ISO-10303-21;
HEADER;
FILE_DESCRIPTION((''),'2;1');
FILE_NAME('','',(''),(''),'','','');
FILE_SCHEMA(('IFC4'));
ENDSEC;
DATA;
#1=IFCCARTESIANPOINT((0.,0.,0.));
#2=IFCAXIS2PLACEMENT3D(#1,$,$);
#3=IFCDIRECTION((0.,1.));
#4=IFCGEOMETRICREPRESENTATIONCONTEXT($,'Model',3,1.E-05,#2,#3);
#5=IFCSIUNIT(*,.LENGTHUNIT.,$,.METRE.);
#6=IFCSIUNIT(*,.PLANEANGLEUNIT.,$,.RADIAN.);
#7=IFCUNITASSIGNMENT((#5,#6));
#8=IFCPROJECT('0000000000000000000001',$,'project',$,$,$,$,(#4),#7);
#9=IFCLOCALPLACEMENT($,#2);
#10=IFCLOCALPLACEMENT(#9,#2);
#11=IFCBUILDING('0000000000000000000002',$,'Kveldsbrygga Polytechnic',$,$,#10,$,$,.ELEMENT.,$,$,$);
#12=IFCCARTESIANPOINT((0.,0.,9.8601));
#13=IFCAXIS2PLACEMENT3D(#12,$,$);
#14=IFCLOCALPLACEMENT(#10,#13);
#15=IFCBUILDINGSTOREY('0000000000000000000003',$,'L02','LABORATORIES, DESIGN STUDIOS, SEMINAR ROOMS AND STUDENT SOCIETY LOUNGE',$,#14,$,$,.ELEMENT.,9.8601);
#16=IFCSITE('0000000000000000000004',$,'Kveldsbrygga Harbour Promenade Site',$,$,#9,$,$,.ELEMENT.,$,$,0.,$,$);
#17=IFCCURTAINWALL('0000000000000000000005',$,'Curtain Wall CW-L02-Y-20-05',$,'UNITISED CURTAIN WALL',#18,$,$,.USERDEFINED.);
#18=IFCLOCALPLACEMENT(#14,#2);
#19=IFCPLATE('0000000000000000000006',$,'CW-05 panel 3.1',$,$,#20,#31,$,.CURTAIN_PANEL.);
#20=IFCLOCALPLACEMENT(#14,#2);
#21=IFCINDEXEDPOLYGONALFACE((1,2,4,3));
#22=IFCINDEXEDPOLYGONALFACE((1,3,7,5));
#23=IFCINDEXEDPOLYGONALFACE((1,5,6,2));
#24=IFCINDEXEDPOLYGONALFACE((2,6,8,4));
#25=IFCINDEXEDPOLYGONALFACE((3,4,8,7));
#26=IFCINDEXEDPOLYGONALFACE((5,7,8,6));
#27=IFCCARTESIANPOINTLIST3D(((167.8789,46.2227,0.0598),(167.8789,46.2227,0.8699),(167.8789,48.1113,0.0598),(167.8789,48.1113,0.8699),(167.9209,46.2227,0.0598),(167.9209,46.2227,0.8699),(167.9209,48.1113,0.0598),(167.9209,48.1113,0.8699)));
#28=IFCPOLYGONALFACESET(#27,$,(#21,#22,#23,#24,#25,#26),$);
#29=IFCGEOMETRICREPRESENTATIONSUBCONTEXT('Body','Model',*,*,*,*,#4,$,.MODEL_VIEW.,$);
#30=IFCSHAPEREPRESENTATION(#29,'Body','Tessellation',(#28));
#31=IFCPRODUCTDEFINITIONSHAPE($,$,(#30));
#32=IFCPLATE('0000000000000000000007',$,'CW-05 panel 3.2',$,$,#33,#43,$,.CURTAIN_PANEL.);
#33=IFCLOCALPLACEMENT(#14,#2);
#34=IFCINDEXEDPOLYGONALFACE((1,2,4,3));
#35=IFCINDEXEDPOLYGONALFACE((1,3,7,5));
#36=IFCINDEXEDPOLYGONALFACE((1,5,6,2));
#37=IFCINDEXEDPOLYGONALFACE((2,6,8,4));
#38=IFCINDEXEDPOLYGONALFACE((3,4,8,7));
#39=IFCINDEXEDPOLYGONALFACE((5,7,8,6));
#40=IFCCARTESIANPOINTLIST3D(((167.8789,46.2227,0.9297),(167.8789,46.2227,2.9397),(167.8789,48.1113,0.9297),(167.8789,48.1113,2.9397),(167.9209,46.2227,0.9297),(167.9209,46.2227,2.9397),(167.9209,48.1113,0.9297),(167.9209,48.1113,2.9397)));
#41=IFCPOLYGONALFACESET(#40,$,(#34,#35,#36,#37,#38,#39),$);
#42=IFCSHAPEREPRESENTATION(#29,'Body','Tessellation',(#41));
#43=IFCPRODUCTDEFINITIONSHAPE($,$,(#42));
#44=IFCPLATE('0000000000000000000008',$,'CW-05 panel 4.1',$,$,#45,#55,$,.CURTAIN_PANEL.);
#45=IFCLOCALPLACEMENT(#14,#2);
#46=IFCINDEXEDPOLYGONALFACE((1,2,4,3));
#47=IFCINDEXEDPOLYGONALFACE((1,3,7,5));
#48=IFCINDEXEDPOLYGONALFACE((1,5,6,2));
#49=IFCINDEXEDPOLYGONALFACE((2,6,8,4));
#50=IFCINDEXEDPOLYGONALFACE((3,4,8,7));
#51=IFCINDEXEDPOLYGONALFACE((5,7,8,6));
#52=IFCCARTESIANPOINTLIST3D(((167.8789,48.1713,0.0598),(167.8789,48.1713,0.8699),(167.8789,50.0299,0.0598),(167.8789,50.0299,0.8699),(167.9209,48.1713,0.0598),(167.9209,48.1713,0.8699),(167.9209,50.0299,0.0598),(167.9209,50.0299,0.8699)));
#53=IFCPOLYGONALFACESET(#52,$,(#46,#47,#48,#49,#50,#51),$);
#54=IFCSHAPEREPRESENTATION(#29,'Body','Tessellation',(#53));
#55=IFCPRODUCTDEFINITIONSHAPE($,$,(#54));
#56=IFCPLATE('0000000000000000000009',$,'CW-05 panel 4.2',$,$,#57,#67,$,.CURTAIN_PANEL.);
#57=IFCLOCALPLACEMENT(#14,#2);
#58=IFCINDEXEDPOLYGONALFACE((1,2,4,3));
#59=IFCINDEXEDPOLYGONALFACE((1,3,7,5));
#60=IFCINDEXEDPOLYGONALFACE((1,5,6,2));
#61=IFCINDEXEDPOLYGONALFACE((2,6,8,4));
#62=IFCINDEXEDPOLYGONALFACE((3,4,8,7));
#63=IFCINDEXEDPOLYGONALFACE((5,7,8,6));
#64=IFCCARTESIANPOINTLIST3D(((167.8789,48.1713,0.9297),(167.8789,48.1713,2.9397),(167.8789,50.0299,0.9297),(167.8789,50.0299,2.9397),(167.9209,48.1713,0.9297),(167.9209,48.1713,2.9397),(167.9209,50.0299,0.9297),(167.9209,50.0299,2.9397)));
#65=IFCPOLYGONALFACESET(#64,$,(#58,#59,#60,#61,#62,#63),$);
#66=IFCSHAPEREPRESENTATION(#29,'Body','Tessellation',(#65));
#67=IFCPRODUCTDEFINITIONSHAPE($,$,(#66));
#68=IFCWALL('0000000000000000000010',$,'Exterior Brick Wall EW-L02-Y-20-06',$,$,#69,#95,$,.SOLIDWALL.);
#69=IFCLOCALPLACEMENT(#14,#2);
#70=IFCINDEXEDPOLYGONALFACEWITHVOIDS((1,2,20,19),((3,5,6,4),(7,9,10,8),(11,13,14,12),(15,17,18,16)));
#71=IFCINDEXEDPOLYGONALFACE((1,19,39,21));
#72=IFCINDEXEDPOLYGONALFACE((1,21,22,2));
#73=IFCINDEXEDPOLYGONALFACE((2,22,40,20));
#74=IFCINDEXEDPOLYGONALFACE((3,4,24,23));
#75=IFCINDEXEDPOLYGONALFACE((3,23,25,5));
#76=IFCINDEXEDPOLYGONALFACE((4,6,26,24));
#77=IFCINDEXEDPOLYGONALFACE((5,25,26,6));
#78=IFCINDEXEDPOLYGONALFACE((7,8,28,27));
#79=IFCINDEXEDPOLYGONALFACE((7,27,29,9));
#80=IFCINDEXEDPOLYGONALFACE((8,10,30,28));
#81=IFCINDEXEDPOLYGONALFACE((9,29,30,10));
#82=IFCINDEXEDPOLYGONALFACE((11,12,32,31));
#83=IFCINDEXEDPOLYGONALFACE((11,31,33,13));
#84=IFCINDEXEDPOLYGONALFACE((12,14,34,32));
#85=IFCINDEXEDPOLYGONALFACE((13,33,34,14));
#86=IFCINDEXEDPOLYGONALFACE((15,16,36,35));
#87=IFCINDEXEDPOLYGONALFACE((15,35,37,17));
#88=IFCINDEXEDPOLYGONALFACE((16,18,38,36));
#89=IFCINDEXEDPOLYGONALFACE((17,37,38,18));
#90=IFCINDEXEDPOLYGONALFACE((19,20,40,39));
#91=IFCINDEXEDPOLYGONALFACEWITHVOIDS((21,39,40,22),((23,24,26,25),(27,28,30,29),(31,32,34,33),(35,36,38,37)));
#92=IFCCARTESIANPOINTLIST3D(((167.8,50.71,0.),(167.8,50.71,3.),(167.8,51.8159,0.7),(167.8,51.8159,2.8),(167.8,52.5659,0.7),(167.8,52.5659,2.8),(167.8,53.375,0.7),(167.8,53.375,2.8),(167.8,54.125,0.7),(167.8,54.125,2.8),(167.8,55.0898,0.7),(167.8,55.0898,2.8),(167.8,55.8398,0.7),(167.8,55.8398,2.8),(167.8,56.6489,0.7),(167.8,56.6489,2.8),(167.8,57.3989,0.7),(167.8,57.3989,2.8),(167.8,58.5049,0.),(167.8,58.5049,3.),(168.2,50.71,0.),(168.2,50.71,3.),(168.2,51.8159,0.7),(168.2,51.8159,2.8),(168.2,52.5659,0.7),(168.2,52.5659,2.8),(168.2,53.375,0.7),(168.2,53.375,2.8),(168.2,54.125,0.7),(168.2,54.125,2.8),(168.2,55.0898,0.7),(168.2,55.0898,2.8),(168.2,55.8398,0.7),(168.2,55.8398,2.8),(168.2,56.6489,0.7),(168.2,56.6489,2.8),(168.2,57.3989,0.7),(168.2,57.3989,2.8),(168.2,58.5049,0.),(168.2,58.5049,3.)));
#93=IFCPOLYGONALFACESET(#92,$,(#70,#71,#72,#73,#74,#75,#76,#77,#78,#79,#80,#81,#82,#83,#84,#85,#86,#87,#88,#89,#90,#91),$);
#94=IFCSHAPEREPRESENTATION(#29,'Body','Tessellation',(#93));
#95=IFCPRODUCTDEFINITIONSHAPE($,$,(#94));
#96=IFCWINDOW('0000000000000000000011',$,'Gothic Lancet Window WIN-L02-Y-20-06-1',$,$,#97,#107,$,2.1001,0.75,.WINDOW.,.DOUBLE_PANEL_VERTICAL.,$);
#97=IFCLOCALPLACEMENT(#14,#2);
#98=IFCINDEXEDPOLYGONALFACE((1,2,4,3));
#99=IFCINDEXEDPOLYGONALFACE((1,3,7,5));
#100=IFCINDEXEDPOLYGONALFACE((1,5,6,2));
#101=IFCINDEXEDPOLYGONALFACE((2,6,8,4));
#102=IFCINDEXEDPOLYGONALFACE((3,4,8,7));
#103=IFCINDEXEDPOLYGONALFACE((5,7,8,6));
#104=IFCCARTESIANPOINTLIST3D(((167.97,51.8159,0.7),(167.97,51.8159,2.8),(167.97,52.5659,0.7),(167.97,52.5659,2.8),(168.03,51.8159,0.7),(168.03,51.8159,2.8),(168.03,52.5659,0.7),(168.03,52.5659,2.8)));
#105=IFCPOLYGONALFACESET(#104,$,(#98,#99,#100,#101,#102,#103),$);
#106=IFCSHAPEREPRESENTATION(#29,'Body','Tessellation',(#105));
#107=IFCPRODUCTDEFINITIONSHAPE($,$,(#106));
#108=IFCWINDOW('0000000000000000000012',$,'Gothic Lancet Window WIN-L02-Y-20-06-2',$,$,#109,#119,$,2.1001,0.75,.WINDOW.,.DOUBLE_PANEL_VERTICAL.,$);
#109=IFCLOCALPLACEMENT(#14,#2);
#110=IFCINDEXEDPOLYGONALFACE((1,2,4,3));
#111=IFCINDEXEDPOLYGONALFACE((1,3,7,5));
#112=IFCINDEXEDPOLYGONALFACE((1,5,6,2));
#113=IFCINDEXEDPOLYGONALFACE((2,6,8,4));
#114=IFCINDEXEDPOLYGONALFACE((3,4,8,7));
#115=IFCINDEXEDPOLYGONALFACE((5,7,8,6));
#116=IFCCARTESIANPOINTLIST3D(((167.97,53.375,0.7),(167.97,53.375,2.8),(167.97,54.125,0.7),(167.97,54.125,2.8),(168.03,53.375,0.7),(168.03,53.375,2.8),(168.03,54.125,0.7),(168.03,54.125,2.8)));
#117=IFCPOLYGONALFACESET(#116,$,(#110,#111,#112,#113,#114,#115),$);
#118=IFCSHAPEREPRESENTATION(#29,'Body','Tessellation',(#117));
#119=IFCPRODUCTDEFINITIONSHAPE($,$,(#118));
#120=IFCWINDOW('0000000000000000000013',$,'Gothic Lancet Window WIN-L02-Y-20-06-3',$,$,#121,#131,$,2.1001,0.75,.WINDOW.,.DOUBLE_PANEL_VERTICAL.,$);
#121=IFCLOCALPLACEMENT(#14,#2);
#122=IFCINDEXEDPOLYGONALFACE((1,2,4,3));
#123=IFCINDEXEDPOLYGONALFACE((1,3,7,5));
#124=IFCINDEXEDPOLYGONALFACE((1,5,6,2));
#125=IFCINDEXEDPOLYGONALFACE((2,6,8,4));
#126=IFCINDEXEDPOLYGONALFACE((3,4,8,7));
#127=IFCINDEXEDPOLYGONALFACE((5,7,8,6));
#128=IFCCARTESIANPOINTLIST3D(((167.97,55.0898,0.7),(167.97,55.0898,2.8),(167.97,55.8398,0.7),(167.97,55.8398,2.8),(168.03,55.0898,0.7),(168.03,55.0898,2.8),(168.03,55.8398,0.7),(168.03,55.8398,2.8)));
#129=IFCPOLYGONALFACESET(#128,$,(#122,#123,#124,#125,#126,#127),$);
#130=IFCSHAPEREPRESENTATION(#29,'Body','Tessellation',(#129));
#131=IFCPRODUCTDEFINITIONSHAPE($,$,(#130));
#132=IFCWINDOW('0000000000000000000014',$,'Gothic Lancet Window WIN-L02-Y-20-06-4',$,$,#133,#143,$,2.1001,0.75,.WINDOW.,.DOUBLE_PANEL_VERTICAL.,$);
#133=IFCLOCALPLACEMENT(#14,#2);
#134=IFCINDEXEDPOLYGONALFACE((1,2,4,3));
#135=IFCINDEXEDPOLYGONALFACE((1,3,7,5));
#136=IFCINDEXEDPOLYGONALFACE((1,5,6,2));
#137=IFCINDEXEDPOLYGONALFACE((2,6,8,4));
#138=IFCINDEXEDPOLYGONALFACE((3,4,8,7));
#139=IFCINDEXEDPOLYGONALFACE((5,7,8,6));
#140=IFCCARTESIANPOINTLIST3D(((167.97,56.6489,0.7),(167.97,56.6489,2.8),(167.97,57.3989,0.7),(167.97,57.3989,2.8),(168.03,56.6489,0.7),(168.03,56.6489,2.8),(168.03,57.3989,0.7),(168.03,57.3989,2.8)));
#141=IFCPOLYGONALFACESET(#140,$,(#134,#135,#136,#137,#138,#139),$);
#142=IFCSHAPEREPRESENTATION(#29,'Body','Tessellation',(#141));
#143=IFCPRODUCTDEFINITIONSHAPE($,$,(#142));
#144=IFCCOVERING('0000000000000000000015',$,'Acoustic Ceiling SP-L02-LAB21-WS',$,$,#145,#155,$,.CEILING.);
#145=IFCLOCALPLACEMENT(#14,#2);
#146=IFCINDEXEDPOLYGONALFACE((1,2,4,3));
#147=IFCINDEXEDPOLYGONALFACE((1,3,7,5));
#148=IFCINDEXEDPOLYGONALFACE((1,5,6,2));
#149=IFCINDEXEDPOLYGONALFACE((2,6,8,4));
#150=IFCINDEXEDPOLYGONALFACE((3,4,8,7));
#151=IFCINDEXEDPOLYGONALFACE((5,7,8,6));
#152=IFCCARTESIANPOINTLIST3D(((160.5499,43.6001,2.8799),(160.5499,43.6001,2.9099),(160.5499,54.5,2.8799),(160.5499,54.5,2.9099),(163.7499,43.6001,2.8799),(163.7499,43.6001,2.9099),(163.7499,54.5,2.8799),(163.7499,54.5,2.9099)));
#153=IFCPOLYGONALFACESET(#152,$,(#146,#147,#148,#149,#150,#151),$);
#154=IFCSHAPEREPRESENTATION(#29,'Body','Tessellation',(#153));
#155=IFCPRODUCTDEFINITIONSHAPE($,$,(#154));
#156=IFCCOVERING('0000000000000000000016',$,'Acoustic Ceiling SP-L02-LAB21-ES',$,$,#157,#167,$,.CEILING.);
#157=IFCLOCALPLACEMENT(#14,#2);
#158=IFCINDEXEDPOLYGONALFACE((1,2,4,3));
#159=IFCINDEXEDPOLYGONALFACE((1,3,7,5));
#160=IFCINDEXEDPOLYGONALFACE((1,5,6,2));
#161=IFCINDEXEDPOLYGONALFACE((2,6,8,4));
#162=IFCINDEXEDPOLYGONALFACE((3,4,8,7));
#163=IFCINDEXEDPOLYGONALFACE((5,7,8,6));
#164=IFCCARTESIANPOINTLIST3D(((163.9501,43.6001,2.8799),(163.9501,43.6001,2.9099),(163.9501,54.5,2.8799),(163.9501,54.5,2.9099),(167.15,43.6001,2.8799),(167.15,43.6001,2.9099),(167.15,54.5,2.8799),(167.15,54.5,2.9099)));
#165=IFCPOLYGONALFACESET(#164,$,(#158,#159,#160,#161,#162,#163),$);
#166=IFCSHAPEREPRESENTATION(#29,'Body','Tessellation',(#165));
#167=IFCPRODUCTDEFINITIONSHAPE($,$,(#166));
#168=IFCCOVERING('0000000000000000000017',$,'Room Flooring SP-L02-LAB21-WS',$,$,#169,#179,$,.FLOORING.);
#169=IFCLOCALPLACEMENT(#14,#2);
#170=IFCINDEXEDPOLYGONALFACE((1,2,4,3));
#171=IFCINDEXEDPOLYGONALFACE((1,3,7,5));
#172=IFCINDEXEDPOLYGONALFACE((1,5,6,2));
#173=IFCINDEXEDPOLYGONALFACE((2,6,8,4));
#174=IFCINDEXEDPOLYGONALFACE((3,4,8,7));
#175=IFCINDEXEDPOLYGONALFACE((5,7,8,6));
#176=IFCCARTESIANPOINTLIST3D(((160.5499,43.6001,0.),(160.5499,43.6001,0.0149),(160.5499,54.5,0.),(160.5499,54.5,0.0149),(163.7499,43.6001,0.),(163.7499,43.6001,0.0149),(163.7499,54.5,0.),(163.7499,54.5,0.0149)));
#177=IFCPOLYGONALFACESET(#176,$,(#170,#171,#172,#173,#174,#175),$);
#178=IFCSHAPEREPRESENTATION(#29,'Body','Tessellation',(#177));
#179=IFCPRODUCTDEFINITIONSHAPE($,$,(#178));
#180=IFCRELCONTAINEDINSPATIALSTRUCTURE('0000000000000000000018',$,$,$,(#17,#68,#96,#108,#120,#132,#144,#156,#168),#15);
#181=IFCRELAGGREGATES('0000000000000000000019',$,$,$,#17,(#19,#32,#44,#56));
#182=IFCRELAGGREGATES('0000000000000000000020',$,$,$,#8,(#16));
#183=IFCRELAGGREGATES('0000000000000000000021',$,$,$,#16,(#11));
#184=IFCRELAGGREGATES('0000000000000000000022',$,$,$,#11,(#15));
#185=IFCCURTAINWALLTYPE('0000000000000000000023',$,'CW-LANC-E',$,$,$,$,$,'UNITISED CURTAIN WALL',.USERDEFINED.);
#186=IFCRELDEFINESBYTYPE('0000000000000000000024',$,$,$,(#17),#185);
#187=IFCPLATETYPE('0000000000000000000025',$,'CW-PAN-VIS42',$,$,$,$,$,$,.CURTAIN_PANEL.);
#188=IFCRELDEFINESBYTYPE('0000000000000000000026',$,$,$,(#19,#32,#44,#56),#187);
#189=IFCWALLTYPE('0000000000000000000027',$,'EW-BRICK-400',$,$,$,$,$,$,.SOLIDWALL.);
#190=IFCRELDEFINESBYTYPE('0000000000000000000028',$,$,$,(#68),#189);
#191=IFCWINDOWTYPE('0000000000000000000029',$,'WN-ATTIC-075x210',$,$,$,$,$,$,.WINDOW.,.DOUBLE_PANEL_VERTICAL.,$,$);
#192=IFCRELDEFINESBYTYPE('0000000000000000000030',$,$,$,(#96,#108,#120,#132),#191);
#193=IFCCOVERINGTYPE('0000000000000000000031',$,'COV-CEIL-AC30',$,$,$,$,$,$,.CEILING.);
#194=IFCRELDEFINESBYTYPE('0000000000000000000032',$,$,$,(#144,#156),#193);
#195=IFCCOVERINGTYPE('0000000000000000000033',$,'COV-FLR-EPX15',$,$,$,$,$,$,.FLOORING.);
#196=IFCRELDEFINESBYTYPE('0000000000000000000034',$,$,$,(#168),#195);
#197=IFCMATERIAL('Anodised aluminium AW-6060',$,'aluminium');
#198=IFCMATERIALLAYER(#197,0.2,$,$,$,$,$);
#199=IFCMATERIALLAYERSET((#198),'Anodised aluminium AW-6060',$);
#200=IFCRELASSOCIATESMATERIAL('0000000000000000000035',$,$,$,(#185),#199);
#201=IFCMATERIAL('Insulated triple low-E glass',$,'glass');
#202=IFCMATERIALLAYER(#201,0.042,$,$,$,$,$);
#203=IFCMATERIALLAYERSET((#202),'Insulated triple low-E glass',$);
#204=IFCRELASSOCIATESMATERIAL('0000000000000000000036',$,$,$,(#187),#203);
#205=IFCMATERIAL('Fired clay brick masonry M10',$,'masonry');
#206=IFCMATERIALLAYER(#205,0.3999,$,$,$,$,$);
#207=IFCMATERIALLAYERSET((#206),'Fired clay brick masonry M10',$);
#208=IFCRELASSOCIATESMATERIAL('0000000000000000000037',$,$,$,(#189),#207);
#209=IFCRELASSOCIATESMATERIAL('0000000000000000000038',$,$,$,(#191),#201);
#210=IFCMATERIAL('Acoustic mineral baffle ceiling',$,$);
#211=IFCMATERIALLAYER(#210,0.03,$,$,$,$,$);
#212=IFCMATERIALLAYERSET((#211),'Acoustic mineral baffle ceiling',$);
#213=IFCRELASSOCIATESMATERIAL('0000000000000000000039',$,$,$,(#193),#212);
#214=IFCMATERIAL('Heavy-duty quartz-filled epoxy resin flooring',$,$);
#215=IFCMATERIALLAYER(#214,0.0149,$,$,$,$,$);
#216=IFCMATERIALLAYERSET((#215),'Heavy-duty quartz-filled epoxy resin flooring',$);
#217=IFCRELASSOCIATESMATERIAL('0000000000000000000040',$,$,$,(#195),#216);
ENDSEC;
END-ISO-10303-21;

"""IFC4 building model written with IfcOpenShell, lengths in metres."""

from ifc_helpers import new_model, si_unit, direction, frame, frame_2d, origin, origin_2d, place, context, subcontext, project, spatial, rectangle, extrude, material, layer, layer_set, type_object, element, fill, aggregate, save


model = new_model("IFC4")

# Units and contexts
model_context = context("Model", 3, precision=1e-05, world=origin(), true_north=direction((0.0, 1.0)))
body_context = subcontext(model_context, "Body", "Model", "MODEL_VIEW")
ifc_project = project(units=[si_unit("LENGTHUNIT", "METRE"), si_unit("PLANEANGLEUNIT", "RADIAN")], contexts=[model_context])

# Site, building, storey
site_placement = place(None, origin())
site = spatial("IfcSite", under=ifc_project, at=site_placement, Name="Kveldsbrygga Harbour Promenade Site", CompositionType="ELEMENT", RefElevation=0.0)
building_placement = place(site_placement, origin())
building = spatial("IfcBuilding", under=site, at=building_placement, Name="Kveldsbrygga Polytechnic", CompositionType="ELEMENT")
storey_placement = place(building_placement, frame((0.0, 0.0, 9.8601)))
storey = spatial("IfcBuildingStorey", under=building, at=storey_placement, Name="L02", Description="LABORATORIES, DESIGN STUDIOS, SEMINAR ROOMS AND STUDENT SOCIETY LOUNGE", CompositionType="ELEMENT", Elevation=9.8601)

# Curtain wall
ifc_material_1 = material(Name="Anodised aluminium AW-6060", Category="aluminium")
ifc_layer_1 = layer(ifc_material_1, 0.2)
ifc_layer_set_1 = layer_set([ifc_layer_1], Name="Anodised aluminium AW-6060")
curtain_wall_type = type_object("IfcCurtainWallType", Name="CW-LANC-E", ElementType="UNITISED CURTAIN WALL", PredefinedType="USERDEFINED", material=ifc_layer_set_1)
curtain_wall_placement = place(storey_placement, origin())
curtain_wall = element("IfcCurtainWall", 1, at=curtain_wall_placement, inside=storey, type_object=curtain_wall_type, Name="Curtain Wall CW-L02-Y-20-05", ObjectType="UNITISED CURTAIN WALL", PredefinedType="USERDEFINED")

# Plates
ifc_material_2 = material(Name="Insulated triple low-E glass", Category="glass")
ifc_layer_2 = layer(ifc_material_2, 0.042)
ifc_layer_set_2 = layer_set([ifc_layer_2], Name="Insulated triple low-E glass")
plate_type = type_object("IfcPlateType", Name="CW-PAN-VIS42", PredefinedType="CURTAIN_PANEL", material=ifc_layer_set_2)
plate_1_placement = place(storey_placement, frame((167.8999, 47.167, 0.0598), z_axis=(0.0, 0.0, 1.0), x_axis=(0.0, 1.0, 0.0)))
plate_1 = element("IfcPlate", 2, at=plate_1_placement, type_object=plate_type, Name="CW-05 panel 3.1", PredefinedType="CURTAIN_PANEL", context=body_context, shape_type="SweptSolid", body=[
    extrude(rectangle(XDim=1.8887, YDim=0.042, at=origin_2d()), origin(), (0.0, 0.0, 1.0), 0.8101),
])
plate_2_placement = place(storey_placement, frame((167.8999, 47.167, 0.9297), z_axis=(0.0, 0.0, 1.0), x_axis=(0.0, 1.0, 0.0)))
plate_2 = element("IfcPlate", 3, at=plate_2_placement, type_object=plate_type, Name="CW-05 panel 3.2", PredefinedType="CURTAIN_PANEL", context=body_context, shape_type="SweptSolid", body=[
    extrude(rectangle(XDim=1.8887, YDim=0.042, at=origin_2d()), origin(), (0.0, 0.0, 1.0), 2.01),
])
plate_3_placement = place(storey_placement, frame((167.8999, 49.1006, 0.0598), z_axis=(0.0, 0.0, 1.0), x_axis=(0.0, 1.0, 0.0)))
plate_3 = element("IfcPlate", 4, at=plate_3_placement, type_object=plate_type, Name="CW-05 panel 4.1", PredefinedType="CURTAIN_PANEL", context=body_context, shape_type="SweptSolid", body=[
    extrude(rectangle(XDim=1.8586, YDim=0.042, at=origin_2d()), origin(), (0.0, 0.0, 1.0), 0.8101),
])
plate_4_placement = place(storey_placement, frame((167.8999, 49.1006, 0.9297), z_axis=(0.0, 0.0, 1.0), x_axis=(0.0, 1.0, 0.0)))
plate_4 = element("IfcPlate", 5, at=plate_4_placement, type_object=plate_type, Name="CW-05 panel 4.2", PredefinedType="CURTAIN_PANEL", context=body_context, shape_type="SweptSolid", body=[
    extrude(rectangle(XDim=1.8586, YDim=0.042, at=origin_2d()), origin(), (0.0, 0.0, 1.0), 2.01),
])
aggregate(curtain_wall, [plate_1, plate_2, plate_3, plate_4])

# Wall, openings, windows
ifc_material_3 = material(Name="Fired clay brick masonry M10", Category="masonry")
ifc_layer_3 = layer(ifc_material_3, 0.3999)
ifc_layer_set_3 = layer_set([ifc_layer_3], Name="Fired clay brick masonry M10")
wall_type = type_object("IfcWallType", Name="EW-BRICK-400", PredefinedType="SOLIDWALL", material=ifc_layer_set_3)
wall_placement = place(storey_placement, frame((168.0, 50.71, 0.0), z_axis=(0.0, 0.0, 1.0), x_axis=(0.0, 1.0, 0.0)))
wall = element("IfcWall", 6, at=wall_placement, inside=storey, type_object=wall_type, Name="Exterior Brick Wall EW-L02-Y-20-06", PredefinedType="SOLIDWALL", context=body_context, shape_type="SweptSolid", body=[
    extrude(rectangle(XDim=7.7949, YDim=0.3999, at=frame_2d((3.8975, 0.0))), origin(), (0.0, 0.0, 1.0), 3.0),
])
opening_1_placement = place(wall_placement, frame((1.106, 0.0, 0.7)))
opening_1 = element("IfcOpeningElement", 7, at=opening_1_placement, cuts=wall, PredefinedType="OPENING", context=body_context, shape_type="SweptSolid", body=[
    extrude(rectangle(XDim=0.75, YDim=2.1001, at=frame_2d((0.375, 1.05))), frame((0.0, 0.21, 0.0), z_axis=(0.0, -1.0, 0.0), x_axis=(1.0, 0.0, 0.0)), (0.0, 0.0, 1.0), 0.4199),
])
opening_2_placement = place(wall_placement, frame((2.665, 0.0, 0.7)))
opening_2 = element("IfcOpeningElement", 8, at=opening_2_placement, cuts=wall, PredefinedType="OPENING", context=body_context, shape_type="SweptSolid", body=[
    extrude(rectangle(XDim=0.75, YDim=2.1001, at=frame_2d((0.375, 1.05))), frame((0.0, 0.21, 0.0), z_axis=(0.0, -1.0, 0.0), x_axis=(1.0, 0.0, 0.0)), (0.0, 0.0, 1.0), 0.4199),
])
opening_3_placement = place(wall_placement, frame((4.3799, 0.0, 0.7)))
opening_3 = element("IfcOpeningElement", 9, at=opening_3_placement, cuts=wall, PredefinedType="OPENING", context=body_context, shape_type="SweptSolid", body=[
    extrude(rectangle(XDim=0.75, YDim=2.1001, at=frame_2d((0.375, 1.05))), frame((0.0, 0.21, 0.0), z_axis=(0.0, -1.0, 0.0), x_axis=(1.0, 0.0, 0.0)), (0.0, 0.0, 1.0), 0.4199),
])
opening_4_placement = place(wall_placement, frame((5.939, 0.0, 0.7)))
opening_4 = element("IfcOpeningElement", 10, at=opening_4_placement, cuts=wall, PredefinedType="OPENING", context=body_context, shape_type="SweptSolid", body=[
    extrude(rectangle(XDim=0.75, YDim=2.1001, at=frame_2d((0.375, 1.05))), frame((0.0, 0.21, 0.0), z_axis=(0.0, -1.0, 0.0), x_axis=(1.0, 0.0, 0.0)), (0.0, 0.0, 1.0), 0.4199),
])
window_type = type_object("IfcWindowType", Name="WN-ATTIC-075x210", PartitioningType="DOUBLE_PANEL_VERTICAL", PredefinedType="WINDOW", material=ifc_material_2)
window_1_placement = place(opening_1_placement, origin())
window_1 = element("IfcWindow", 11, at=window_1_placement, inside=storey, type_object=window_type, Name="Gothic Lancet Window WIN-L02-Y-20-06-1", OverallHeight=2.1001, OverallWidth=0.75, PartitioningType="DOUBLE_PANEL_VERTICAL", PredefinedType="WINDOW", context=body_context, shape_type="SweptSolid", body=[
    extrude(rectangle(XDim=0.75, YDim=2.1001, at=frame_2d((0.375, 1.05))), frame((0.0, 0.03, 0.0), z_axis=(0.0, -1.0, 0.0), x_axis=(1.0, 0.0, 0.0)), (0.0, 0.0, 1.0), 0.0601),
])
fill(opening_1, window_1)
window_2_placement = place(opening_2_placement, origin())
window_2 = element("IfcWindow", 12, at=window_2_placement, inside=storey, type_object=window_type, Name="Gothic Lancet Window WIN-L02-Y-20-06-2", OverallHeight=2.1001, OverallWidth=0.75, PartitioningType="DOUBLE_PANEL_VERTICAL", PredefinedType="WINDOW", context=body_context, shape_type="SweptSolid", body=[
    extrude(rectangle(XDim=0.75, YDim=2.1001, at=frame_2d((0.375, 1.05))), frame((0.0, 0.03, 0.0), z_axis=(0.0, -1.0, 0.0), x_axis=(1.0, 0.0, 0.0)), (0.0, 0.0, 1.0), 0.0601),
])
fill(opening_2, window_2)
window_3_placement = place(opening_3_placement, origin())
window_3 = element("IfcWindow", 13, at=window_3_placement, inside=storey, type_object=window_type, Name="Gothic Lancet Window WIN-L02-Y-20-06-3", OverallHeight=2.1001, OverallWidth=0.75, PartitioningType="DOUBLE_PANEL_VERTICAL", PredefinedType="WINDOW", context=body_context, shape_type="SweptSolid", body=[
    extrude(rectangle(XDim=0.75, YDim=2.1001, at=frame_2d((0.375, 1.05))), frame((0.0, 0.03, 0.0), z_axis=(0.0, -1.0, 0.0), x_axis=(1.0, 0.0, 0.0)), (0.0, 0.0, 1.0), 0.0601),
])
fill(opening_3, window_3)
window_4_placement = place(opening_4_placement, origin())
window_4 = element("IfcWindow", 14, at=window_4_placement, inside=storey, type_object=window_type, Name="Gothic Lancet Window WIN-L02-Y-20-06-4", OverallHeight=2.1001, OverallWidth=0.75, PartitioningType="DOUBLE_PANEL_VERTICAL", PredefinedType="WINDOW", context=body_context, shape_type="SweptSolid", body=[
    extrude(rectangle(XDim=0.75, YDim=2.1001, at=frame_2d((0.375, 1.05))), frame((0.0, 0.03, 0.0), z_axis=(0.0, -1.0, 0.0), x_axis=(1.0, 0.0, 0.0)), (0.0, 0.0, 1.0), 0.0601),
])
fill(opening_4, window_4)

# Coverings
ifc_material_4 = material(Name="Acoustic mineral baffle ceiling")
ifc_layer_4 = layer(ifc_material_4, 0.03)
ifc_layer_set_4 = layer_set([ifc_layer_4], Name="Acoustic mineral baffle ceiling")
covering_type_1 = type_object("IfcCoveringType", Name="COV-CEIL-AC30", PredefinedType="CEILING", material=ifc_layer_set_4)
for number, where, z_axis, x_axis, name in (
    (15, (162.1499, 49.05, 2.8799), (0.0, 0.0, 1.0), (1.0, 0.0, 0.0), "Acoustic Ceiling SP-L02-LAB21-WS"),
    (16, (165.55, 49.05, 2.8799), (0.0, 0.0, 1.0), (1.0, 0.0, 0.0), "Acoustic Ceiling SP-L02-LAB21-ES"),
):
    element("IfcCovering", number, at=place(storey_placement, frame(where, z_axis=z_axis, x_axis=x_axis)), inside=storey, type_object=covering_type_1, Name=name, PredefinedType="CEILING", context=body_context, shape_type="SweptSolid", body=[
        extrude(rectangle(XDim=3.2, YDim=10.8999, at=origin_2d()), origin(), (0.0, 0.0, 1.0), 0.03),
    ])
ifc_material_5 = material(Name="Heavy-duty quartz-filled epoxy resin flooring")
ifc_layer_5 = layer(ifc_material_5, 0.0149)
ifc_layer_set_5 = layer_set([ifc_layer_5], Name="Heavy-duty quartz-filled epoxy resin flooring")
covering_type_2 = type_object("IfcCoveringType", Name="COV-FLR-EPX15", PredefinedType="FLOORING", material=ifc_layer_set_5)
for number, where, z_axis, x_axis, name in (
    (17, (162.1499, 49.05, 0.0), (0.0, 0.0, 1.0), (1.0, 0.0, 0.0), "Room Flooring SP-L02-LAB21-WS"),
):
    element("IfcCovering", number, at=place(storey_placement, frame(where, z_axis=z_axis, x_axis=x_axis)), inside=storey, type_object=covering_type_2, Name=name, PredefinedType="FLOORING", context=body_context, shape_type="SweptSolid", body=[
        extrude(rectangle(XDim=3.2, YDim=10.8999, at=origin_2d()), origin(), (0.0, 0.0, 1.0), 0.0149),
    ])

save(model, "model.ifc")
